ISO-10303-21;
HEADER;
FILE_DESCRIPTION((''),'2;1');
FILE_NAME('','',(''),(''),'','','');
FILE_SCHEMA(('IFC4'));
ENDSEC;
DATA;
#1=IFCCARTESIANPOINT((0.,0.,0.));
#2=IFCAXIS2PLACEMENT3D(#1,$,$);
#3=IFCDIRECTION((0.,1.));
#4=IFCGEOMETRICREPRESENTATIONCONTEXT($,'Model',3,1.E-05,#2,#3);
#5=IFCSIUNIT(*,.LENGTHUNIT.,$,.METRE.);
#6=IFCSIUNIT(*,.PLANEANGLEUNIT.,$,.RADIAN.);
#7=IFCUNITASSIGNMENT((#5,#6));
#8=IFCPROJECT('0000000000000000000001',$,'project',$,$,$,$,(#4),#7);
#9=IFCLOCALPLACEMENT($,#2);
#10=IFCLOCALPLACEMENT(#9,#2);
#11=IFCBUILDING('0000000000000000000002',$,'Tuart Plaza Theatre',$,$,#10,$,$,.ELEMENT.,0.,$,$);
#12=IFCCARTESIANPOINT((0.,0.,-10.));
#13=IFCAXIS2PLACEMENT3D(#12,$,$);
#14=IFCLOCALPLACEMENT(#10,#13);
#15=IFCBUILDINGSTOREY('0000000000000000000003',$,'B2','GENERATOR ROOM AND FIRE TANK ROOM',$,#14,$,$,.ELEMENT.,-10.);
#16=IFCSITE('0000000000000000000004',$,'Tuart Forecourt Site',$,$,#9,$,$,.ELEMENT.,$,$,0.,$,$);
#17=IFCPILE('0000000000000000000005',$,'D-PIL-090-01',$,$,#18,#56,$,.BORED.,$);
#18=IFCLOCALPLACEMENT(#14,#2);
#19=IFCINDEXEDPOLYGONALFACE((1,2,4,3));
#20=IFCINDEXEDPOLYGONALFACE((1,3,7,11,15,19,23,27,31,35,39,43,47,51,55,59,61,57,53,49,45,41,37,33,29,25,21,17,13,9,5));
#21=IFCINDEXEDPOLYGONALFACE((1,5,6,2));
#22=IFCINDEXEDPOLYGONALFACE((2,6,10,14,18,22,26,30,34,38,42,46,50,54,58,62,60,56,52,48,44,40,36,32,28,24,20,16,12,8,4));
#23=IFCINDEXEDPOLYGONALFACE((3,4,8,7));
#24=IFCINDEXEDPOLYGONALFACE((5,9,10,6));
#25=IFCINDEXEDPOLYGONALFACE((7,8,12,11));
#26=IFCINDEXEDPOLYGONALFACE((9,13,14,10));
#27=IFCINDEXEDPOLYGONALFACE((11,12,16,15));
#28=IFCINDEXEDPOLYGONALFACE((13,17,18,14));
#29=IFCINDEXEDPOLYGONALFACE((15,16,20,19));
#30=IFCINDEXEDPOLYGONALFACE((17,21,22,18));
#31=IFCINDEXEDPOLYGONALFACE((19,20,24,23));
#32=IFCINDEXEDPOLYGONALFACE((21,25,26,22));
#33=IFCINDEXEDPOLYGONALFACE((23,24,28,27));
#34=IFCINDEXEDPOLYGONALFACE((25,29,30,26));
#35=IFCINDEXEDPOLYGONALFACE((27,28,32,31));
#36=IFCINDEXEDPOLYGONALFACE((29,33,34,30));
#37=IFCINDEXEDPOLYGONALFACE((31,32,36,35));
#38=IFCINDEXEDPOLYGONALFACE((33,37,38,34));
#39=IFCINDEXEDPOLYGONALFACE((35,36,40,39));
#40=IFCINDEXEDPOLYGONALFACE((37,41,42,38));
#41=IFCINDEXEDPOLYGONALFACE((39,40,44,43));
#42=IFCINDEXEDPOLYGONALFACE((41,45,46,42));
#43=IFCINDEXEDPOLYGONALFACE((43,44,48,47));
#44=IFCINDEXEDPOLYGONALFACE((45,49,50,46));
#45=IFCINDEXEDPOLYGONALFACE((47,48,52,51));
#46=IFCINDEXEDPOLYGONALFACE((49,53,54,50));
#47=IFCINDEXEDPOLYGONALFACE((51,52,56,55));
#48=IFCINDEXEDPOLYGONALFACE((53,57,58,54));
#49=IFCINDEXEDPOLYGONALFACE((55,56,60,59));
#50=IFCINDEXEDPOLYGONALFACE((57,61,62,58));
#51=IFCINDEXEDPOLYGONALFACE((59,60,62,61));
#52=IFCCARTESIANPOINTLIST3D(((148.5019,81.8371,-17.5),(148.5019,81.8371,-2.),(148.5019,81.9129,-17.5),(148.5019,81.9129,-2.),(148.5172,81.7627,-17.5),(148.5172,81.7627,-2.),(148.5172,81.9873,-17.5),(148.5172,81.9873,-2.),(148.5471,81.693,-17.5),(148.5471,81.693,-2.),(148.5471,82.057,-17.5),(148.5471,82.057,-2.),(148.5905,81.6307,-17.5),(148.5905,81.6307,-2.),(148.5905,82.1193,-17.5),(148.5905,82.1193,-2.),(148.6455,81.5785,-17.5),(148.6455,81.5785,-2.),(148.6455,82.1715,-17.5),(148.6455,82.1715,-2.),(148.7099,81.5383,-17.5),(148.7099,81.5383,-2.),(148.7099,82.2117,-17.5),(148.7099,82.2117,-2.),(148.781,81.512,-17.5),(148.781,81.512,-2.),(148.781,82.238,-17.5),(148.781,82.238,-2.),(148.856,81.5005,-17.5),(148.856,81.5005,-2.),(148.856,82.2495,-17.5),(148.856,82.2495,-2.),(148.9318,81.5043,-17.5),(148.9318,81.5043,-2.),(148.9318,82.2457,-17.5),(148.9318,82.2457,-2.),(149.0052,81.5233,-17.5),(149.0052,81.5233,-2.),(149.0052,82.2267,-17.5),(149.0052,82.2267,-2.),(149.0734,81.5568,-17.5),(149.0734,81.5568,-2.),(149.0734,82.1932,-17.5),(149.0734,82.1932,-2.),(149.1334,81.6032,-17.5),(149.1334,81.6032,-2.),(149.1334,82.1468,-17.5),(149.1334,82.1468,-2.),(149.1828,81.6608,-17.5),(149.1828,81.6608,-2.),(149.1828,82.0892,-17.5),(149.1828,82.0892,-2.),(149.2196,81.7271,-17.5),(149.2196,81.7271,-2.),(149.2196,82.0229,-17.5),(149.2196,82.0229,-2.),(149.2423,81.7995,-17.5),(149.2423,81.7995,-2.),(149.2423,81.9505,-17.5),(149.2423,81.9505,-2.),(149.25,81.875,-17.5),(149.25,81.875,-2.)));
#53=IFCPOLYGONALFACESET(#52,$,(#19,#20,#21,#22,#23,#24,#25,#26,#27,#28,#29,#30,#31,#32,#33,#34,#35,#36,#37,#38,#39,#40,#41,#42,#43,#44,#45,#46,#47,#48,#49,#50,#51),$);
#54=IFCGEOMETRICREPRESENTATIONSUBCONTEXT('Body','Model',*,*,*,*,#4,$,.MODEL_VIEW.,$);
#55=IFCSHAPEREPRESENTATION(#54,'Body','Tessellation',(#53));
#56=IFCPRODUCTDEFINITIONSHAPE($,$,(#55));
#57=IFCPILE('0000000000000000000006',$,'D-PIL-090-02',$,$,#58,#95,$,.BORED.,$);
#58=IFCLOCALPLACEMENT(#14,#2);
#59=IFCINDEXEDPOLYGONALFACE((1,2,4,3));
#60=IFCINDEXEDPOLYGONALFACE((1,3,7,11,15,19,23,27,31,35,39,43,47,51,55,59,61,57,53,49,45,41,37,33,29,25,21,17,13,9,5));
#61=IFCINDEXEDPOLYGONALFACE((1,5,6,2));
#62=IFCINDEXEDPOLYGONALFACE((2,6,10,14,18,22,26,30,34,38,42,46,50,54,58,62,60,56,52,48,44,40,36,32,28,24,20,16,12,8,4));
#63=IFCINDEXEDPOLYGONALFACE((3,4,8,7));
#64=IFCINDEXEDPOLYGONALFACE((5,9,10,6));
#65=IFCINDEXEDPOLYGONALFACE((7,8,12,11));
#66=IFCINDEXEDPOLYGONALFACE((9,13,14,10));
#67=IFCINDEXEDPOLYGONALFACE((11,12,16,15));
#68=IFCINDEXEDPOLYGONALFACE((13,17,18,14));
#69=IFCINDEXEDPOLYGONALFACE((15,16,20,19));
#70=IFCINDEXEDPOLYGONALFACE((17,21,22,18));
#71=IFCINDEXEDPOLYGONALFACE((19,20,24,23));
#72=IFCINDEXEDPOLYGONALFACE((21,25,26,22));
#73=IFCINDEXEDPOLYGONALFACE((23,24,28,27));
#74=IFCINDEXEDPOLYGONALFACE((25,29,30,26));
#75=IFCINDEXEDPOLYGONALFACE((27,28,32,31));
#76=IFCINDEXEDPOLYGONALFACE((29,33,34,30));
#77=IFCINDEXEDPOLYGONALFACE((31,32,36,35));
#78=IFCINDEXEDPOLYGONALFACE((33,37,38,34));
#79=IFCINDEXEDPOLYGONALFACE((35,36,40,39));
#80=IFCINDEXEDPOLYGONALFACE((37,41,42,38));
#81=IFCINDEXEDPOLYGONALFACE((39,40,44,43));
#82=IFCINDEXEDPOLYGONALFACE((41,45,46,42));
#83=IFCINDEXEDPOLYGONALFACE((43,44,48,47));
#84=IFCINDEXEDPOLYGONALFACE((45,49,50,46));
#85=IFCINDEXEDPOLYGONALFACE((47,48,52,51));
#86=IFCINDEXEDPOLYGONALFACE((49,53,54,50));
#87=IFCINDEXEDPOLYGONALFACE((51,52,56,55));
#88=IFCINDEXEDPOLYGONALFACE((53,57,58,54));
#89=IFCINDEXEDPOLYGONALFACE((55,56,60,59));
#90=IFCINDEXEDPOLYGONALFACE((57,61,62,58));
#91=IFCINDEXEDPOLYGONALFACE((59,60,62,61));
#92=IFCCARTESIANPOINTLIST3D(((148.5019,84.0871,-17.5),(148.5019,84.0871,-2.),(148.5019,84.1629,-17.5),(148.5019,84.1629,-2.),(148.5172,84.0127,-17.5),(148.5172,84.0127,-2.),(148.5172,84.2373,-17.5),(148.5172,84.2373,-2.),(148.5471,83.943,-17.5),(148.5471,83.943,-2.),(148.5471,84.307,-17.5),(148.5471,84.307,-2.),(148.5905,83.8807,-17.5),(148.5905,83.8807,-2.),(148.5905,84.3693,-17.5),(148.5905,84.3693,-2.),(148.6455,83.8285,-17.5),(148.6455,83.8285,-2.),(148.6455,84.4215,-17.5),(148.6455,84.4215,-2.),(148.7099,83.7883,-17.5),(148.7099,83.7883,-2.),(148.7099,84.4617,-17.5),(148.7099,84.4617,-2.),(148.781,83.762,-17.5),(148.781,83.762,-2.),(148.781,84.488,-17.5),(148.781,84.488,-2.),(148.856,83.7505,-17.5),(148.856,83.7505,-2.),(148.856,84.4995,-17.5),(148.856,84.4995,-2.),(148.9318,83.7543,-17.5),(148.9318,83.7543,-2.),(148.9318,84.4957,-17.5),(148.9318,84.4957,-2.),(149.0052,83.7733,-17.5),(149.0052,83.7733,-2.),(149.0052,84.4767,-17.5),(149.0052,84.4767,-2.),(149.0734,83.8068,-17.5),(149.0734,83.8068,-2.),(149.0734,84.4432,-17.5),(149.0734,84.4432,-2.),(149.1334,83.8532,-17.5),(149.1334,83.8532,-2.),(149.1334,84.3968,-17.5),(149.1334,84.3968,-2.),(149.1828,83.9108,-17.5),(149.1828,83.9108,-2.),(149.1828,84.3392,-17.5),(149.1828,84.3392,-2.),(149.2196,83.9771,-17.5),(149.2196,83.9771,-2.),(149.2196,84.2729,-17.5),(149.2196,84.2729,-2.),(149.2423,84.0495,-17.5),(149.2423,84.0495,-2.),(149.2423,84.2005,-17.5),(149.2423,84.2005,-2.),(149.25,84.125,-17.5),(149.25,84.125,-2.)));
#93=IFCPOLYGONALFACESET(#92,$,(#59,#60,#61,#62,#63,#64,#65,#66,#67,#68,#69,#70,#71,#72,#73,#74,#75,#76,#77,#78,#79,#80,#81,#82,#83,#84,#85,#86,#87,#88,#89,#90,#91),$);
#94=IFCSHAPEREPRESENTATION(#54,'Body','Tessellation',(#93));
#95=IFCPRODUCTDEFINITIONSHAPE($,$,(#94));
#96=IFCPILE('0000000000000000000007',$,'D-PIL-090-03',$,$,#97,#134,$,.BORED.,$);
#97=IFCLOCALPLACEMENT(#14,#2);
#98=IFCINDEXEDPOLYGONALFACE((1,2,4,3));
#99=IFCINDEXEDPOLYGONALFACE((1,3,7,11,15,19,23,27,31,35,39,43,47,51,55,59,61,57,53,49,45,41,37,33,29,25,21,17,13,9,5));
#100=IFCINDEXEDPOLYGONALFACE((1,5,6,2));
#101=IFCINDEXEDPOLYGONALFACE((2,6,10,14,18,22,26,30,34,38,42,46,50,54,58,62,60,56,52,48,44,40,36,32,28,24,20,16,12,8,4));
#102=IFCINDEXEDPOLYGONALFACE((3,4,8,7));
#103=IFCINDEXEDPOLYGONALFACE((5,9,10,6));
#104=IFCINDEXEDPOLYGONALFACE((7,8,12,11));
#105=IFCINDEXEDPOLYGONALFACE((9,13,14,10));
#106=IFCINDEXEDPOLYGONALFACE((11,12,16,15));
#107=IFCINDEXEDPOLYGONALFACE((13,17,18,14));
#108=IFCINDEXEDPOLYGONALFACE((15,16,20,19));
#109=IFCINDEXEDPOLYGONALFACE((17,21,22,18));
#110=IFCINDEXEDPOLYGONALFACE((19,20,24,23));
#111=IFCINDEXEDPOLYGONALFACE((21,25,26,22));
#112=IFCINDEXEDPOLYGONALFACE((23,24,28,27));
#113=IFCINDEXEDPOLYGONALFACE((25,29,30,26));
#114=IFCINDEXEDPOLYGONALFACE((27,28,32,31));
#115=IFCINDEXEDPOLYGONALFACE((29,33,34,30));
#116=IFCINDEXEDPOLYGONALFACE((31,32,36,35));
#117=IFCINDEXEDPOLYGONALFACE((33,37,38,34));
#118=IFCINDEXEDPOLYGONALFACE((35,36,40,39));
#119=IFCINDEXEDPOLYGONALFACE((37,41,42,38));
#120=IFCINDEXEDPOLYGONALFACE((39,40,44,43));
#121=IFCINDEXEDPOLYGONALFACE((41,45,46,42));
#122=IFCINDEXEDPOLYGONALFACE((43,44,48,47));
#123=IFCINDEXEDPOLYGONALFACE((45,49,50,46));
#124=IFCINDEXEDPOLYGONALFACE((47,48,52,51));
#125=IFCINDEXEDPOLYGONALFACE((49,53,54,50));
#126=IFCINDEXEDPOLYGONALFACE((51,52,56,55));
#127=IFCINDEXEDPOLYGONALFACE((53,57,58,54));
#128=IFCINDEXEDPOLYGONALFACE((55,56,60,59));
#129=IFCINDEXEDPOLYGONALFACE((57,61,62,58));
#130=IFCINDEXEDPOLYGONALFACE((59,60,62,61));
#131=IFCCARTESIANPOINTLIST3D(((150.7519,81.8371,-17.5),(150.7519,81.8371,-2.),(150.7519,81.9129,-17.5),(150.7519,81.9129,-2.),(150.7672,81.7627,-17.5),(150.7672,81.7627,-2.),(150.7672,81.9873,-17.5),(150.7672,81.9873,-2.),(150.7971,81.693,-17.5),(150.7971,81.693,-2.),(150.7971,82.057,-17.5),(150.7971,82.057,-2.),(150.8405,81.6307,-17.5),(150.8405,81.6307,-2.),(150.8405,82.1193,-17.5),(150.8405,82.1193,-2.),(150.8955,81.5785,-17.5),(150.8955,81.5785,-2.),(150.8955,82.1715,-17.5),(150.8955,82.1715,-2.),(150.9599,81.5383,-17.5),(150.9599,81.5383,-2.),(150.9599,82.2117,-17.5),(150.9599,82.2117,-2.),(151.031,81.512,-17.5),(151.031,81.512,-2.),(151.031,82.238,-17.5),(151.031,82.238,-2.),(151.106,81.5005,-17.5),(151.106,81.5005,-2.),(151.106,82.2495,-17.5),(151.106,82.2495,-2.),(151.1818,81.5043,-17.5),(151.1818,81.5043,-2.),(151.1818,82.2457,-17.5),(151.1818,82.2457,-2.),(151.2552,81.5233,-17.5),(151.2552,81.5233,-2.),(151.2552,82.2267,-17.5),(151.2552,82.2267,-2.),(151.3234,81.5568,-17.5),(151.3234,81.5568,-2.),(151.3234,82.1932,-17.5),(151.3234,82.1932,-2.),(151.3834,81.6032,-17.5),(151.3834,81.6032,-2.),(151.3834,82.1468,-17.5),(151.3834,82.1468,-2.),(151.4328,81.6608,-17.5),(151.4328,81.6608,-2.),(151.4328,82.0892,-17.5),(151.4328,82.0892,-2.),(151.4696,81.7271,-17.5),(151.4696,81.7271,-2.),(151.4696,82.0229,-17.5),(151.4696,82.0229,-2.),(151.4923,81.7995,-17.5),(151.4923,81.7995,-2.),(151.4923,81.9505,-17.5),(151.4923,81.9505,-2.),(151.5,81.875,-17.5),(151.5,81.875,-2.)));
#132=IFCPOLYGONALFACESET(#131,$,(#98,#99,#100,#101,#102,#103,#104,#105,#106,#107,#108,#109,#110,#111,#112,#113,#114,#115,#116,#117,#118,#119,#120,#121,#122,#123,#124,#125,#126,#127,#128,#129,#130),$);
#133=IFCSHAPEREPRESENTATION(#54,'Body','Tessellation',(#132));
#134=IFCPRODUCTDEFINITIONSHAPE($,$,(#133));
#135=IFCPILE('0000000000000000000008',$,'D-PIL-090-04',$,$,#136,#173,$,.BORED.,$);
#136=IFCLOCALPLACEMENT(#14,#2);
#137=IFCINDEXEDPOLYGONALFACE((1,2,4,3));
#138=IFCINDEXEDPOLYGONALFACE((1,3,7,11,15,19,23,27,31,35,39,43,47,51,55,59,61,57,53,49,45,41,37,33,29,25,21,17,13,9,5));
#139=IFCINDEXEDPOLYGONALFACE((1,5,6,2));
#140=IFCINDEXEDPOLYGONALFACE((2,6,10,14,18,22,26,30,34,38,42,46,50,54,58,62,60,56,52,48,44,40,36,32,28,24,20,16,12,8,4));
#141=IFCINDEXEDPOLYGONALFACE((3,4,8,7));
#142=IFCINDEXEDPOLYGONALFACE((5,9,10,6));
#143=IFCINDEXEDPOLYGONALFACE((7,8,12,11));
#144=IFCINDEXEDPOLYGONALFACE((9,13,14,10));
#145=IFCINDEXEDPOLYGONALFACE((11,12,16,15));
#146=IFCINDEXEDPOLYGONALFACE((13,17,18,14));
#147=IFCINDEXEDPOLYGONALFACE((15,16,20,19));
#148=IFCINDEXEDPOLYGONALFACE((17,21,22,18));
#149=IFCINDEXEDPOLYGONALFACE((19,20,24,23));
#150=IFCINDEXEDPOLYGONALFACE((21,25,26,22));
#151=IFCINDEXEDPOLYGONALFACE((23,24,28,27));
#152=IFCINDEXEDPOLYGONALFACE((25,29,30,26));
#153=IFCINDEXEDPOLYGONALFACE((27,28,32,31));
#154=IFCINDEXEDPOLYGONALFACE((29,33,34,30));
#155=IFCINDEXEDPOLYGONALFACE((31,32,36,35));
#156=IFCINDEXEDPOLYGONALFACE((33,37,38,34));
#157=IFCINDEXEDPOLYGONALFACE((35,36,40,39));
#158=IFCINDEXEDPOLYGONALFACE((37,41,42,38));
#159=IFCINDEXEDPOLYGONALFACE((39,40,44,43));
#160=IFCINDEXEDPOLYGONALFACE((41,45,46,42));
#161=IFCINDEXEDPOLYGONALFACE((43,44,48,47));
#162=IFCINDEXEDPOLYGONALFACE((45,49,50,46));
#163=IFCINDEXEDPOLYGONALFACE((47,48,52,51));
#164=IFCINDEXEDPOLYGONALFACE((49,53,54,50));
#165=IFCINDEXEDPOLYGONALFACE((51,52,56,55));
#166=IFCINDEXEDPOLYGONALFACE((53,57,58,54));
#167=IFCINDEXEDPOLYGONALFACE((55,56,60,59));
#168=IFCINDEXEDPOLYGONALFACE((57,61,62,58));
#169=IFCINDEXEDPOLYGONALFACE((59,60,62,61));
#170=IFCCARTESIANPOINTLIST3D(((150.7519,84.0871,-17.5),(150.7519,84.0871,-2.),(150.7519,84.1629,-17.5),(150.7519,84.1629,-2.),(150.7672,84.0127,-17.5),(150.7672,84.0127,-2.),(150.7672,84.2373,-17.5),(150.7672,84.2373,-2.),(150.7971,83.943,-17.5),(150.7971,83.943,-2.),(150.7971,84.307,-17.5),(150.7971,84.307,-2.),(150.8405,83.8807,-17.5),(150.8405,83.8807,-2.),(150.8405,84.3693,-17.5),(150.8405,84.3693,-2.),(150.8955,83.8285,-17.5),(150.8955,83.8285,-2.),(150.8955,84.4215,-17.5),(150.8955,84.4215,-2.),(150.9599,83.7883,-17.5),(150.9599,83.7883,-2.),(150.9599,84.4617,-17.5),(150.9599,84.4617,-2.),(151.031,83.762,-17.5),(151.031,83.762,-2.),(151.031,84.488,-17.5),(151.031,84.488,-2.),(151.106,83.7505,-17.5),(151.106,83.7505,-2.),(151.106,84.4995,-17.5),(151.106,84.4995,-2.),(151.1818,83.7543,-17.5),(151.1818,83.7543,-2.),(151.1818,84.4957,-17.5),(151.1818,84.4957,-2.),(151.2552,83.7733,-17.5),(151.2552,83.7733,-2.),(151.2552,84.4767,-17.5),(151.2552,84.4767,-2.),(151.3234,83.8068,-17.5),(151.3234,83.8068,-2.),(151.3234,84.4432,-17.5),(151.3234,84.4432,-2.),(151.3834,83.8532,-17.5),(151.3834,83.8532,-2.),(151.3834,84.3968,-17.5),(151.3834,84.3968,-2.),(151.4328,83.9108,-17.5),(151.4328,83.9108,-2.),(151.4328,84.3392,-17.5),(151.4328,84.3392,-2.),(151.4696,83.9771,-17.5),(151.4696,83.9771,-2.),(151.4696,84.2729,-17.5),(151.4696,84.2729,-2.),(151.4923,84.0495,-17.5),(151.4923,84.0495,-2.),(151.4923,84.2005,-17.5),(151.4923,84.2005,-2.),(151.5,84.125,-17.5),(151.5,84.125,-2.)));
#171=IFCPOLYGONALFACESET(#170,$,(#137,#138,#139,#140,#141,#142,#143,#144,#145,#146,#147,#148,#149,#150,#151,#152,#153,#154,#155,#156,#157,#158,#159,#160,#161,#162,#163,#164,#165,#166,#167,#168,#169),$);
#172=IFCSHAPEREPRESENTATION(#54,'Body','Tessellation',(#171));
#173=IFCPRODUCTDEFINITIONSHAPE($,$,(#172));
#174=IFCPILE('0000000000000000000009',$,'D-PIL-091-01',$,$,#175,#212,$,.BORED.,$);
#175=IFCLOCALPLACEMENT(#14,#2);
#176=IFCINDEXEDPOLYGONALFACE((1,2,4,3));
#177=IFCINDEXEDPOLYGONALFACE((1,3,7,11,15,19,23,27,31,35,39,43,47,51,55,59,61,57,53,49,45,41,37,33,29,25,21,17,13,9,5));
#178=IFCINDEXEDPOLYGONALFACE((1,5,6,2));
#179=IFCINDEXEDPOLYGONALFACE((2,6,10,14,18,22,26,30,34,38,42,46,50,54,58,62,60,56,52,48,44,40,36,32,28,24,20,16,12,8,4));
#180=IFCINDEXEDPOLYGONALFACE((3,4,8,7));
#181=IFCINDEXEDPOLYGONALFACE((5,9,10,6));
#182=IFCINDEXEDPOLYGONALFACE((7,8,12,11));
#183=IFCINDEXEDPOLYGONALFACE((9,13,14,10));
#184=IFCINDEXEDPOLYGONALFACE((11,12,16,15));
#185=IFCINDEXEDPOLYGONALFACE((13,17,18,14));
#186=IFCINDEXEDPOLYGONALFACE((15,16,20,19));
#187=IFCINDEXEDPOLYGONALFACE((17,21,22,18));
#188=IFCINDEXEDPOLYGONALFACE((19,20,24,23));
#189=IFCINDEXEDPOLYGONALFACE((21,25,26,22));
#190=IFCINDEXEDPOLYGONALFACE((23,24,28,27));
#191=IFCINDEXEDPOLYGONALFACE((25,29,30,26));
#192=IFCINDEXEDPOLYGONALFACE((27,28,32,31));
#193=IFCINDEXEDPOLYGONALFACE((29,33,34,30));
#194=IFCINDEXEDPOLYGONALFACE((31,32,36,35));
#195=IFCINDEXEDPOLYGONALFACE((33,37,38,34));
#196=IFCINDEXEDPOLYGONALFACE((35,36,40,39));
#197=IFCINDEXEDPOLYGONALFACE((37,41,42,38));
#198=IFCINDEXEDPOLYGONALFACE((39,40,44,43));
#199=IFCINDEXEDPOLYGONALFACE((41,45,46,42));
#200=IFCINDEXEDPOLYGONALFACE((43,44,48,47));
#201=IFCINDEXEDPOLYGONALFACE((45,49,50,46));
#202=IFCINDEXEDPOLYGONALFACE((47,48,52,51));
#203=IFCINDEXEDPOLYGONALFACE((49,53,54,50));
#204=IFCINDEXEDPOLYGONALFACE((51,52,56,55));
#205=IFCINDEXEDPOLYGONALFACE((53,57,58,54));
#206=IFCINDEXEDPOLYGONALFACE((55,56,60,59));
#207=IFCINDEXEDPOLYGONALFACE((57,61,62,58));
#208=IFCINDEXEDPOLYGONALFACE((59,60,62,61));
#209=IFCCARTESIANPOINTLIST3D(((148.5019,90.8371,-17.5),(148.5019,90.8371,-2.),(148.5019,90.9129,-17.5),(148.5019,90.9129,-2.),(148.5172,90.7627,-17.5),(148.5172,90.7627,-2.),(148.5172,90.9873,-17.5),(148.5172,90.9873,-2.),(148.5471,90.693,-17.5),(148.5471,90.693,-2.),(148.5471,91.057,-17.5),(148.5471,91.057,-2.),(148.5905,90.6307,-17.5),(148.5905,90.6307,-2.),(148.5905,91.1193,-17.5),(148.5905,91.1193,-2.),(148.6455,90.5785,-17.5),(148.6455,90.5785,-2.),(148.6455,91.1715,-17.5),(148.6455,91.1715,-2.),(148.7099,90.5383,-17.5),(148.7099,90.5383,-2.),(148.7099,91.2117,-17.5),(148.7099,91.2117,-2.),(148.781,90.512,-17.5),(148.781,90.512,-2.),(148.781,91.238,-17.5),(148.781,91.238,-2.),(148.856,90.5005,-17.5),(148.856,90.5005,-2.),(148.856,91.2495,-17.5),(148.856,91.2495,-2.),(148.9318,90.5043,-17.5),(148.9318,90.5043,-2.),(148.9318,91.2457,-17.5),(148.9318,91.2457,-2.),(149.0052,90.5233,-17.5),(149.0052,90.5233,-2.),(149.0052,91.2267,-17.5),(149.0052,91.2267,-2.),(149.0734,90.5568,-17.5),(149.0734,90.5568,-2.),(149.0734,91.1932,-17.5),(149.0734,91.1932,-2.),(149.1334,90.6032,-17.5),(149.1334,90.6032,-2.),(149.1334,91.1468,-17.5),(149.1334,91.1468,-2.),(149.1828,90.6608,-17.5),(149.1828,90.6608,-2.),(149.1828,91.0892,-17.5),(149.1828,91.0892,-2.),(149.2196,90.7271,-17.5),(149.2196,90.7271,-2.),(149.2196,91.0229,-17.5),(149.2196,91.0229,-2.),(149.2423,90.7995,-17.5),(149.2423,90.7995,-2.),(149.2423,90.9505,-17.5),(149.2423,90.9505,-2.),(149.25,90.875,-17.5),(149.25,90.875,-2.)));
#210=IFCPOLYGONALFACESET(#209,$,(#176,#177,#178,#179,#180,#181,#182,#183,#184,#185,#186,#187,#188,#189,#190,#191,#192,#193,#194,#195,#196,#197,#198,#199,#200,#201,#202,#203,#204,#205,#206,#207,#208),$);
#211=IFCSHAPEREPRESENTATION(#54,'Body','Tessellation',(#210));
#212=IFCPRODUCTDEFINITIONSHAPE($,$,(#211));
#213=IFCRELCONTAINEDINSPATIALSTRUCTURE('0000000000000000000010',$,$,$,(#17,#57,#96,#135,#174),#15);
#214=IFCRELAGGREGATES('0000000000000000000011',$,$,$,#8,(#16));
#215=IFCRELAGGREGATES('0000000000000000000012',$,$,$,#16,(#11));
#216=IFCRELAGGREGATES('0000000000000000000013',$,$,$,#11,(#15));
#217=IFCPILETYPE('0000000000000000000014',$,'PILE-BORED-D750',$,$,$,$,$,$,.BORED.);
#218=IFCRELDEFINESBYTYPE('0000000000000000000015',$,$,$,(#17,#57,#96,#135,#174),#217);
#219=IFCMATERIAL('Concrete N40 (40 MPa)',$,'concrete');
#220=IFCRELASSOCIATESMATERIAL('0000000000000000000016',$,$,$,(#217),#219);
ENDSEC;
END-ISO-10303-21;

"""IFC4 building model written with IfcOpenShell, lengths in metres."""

from ifc_helpers import new_model, si_unit, direction, frame, origin, origin_2d, place, context, subcontext, project, spatial, circle, extrude, material, material_profile, profile_set, type_object, element, save


model = new_model("IFC4")

# Units and contexts
model_context = context("Model", 3, precision=1e-05, world=origin(), true_north=direction((0.0, 1.0)))
body_context = subcontext(model_context, "Body", "Model", "MODEL_VIEW")
ifc_project = project(units=[si_unit("LENGTHUNIT", "METRE"), si_unit("PLANEANGLEUNIT", "RADIAN")], contexts=[model_context])

# Site, building, storey
site_placement = place(None, origin())
site = spatial("IfcSite", under=ifc_project, at=site_placement, Name="Tuart Forecourt Site", CompositionType="ELEMENT", RefElevation=0.0)
building_placement = place(site_placement, origin())
building = spatial("IfcBuilding", under=site, at=building_placement, Name="Tuart Plaza Theatre", CompositionType="ELEMENT", ElevationOfRefHeight=0.0)
storey_placement = place(building_placement, frame((0.0, 0.0, -10.0)))
storey = spatial("IfcBuildingStorey", under=building, at=storey_placement, Name="B2", Description="GENERATOR ROOM AND FIRE TANK ROOM", CompositionType="ELEMENT", Elevation=-10.0)

# Piles
ifc_material_1 = material(Name="Concrete N40 (40 MPa)", Category="concrete")
ifc_material_profile_1 = material_profile(ifc_material_1, circle(Radius=0.375, at=origin_2d()), Name="PILE-BORED-D750")
ifc_profile_set_1 = profile_set([ifc_material_profile_1], Name="Concrete N40 (40 MPa)")
pile_type_1 = type_object("IfcPileType", Name="PILE-BORED-D750", PredefinedType="BORED", material=ifc_profile_set_1)
for number, where, z_axis, x_axis, name in (
    (1, (148.875, 81.875, -2.0), (0.0, 0.0, -1.0), (1.0, 0.0, 0.0), "D-PIL-090-01"),
    (2, (148.875, 84.125, -2.0), (0.0, 0.0, -1.0), (1.0, 0.0, 0.0), "D-PIL-090-02"),
    (3, (151.125, 81.875, -2.0), (0.0, 0.0, -1.0), (1.0, 0.0, 0.0), "D-PIL-090-03"),
    (4, (151.125, 84.125, -2.0), (0.0, 0.0, -1.0), (1.0, 0.0, 0.0), "D-PIL-090-04"),
    (5, (148.875, 90.875, -2.0), (0.0, 0.0, -1.0), (1.0, 0.0, 0.0), "D-PIL-091-01"),
):
    element("IfcPile", number, at=place(storey_placement, frame(where, z_axis=z_axis, x_axis=x_axis)), inside=storey, type_object=pile_type_1, Name=name, PredefinedType="BORED", context=body_context, shape_type="SweptSolid", body=[
        extrude(circle(Radius=0.375, at=origin_2d()), origin(), (0.0, 0.0, 1.0), 15.5),
    ])

save(model, "model.ifc")
